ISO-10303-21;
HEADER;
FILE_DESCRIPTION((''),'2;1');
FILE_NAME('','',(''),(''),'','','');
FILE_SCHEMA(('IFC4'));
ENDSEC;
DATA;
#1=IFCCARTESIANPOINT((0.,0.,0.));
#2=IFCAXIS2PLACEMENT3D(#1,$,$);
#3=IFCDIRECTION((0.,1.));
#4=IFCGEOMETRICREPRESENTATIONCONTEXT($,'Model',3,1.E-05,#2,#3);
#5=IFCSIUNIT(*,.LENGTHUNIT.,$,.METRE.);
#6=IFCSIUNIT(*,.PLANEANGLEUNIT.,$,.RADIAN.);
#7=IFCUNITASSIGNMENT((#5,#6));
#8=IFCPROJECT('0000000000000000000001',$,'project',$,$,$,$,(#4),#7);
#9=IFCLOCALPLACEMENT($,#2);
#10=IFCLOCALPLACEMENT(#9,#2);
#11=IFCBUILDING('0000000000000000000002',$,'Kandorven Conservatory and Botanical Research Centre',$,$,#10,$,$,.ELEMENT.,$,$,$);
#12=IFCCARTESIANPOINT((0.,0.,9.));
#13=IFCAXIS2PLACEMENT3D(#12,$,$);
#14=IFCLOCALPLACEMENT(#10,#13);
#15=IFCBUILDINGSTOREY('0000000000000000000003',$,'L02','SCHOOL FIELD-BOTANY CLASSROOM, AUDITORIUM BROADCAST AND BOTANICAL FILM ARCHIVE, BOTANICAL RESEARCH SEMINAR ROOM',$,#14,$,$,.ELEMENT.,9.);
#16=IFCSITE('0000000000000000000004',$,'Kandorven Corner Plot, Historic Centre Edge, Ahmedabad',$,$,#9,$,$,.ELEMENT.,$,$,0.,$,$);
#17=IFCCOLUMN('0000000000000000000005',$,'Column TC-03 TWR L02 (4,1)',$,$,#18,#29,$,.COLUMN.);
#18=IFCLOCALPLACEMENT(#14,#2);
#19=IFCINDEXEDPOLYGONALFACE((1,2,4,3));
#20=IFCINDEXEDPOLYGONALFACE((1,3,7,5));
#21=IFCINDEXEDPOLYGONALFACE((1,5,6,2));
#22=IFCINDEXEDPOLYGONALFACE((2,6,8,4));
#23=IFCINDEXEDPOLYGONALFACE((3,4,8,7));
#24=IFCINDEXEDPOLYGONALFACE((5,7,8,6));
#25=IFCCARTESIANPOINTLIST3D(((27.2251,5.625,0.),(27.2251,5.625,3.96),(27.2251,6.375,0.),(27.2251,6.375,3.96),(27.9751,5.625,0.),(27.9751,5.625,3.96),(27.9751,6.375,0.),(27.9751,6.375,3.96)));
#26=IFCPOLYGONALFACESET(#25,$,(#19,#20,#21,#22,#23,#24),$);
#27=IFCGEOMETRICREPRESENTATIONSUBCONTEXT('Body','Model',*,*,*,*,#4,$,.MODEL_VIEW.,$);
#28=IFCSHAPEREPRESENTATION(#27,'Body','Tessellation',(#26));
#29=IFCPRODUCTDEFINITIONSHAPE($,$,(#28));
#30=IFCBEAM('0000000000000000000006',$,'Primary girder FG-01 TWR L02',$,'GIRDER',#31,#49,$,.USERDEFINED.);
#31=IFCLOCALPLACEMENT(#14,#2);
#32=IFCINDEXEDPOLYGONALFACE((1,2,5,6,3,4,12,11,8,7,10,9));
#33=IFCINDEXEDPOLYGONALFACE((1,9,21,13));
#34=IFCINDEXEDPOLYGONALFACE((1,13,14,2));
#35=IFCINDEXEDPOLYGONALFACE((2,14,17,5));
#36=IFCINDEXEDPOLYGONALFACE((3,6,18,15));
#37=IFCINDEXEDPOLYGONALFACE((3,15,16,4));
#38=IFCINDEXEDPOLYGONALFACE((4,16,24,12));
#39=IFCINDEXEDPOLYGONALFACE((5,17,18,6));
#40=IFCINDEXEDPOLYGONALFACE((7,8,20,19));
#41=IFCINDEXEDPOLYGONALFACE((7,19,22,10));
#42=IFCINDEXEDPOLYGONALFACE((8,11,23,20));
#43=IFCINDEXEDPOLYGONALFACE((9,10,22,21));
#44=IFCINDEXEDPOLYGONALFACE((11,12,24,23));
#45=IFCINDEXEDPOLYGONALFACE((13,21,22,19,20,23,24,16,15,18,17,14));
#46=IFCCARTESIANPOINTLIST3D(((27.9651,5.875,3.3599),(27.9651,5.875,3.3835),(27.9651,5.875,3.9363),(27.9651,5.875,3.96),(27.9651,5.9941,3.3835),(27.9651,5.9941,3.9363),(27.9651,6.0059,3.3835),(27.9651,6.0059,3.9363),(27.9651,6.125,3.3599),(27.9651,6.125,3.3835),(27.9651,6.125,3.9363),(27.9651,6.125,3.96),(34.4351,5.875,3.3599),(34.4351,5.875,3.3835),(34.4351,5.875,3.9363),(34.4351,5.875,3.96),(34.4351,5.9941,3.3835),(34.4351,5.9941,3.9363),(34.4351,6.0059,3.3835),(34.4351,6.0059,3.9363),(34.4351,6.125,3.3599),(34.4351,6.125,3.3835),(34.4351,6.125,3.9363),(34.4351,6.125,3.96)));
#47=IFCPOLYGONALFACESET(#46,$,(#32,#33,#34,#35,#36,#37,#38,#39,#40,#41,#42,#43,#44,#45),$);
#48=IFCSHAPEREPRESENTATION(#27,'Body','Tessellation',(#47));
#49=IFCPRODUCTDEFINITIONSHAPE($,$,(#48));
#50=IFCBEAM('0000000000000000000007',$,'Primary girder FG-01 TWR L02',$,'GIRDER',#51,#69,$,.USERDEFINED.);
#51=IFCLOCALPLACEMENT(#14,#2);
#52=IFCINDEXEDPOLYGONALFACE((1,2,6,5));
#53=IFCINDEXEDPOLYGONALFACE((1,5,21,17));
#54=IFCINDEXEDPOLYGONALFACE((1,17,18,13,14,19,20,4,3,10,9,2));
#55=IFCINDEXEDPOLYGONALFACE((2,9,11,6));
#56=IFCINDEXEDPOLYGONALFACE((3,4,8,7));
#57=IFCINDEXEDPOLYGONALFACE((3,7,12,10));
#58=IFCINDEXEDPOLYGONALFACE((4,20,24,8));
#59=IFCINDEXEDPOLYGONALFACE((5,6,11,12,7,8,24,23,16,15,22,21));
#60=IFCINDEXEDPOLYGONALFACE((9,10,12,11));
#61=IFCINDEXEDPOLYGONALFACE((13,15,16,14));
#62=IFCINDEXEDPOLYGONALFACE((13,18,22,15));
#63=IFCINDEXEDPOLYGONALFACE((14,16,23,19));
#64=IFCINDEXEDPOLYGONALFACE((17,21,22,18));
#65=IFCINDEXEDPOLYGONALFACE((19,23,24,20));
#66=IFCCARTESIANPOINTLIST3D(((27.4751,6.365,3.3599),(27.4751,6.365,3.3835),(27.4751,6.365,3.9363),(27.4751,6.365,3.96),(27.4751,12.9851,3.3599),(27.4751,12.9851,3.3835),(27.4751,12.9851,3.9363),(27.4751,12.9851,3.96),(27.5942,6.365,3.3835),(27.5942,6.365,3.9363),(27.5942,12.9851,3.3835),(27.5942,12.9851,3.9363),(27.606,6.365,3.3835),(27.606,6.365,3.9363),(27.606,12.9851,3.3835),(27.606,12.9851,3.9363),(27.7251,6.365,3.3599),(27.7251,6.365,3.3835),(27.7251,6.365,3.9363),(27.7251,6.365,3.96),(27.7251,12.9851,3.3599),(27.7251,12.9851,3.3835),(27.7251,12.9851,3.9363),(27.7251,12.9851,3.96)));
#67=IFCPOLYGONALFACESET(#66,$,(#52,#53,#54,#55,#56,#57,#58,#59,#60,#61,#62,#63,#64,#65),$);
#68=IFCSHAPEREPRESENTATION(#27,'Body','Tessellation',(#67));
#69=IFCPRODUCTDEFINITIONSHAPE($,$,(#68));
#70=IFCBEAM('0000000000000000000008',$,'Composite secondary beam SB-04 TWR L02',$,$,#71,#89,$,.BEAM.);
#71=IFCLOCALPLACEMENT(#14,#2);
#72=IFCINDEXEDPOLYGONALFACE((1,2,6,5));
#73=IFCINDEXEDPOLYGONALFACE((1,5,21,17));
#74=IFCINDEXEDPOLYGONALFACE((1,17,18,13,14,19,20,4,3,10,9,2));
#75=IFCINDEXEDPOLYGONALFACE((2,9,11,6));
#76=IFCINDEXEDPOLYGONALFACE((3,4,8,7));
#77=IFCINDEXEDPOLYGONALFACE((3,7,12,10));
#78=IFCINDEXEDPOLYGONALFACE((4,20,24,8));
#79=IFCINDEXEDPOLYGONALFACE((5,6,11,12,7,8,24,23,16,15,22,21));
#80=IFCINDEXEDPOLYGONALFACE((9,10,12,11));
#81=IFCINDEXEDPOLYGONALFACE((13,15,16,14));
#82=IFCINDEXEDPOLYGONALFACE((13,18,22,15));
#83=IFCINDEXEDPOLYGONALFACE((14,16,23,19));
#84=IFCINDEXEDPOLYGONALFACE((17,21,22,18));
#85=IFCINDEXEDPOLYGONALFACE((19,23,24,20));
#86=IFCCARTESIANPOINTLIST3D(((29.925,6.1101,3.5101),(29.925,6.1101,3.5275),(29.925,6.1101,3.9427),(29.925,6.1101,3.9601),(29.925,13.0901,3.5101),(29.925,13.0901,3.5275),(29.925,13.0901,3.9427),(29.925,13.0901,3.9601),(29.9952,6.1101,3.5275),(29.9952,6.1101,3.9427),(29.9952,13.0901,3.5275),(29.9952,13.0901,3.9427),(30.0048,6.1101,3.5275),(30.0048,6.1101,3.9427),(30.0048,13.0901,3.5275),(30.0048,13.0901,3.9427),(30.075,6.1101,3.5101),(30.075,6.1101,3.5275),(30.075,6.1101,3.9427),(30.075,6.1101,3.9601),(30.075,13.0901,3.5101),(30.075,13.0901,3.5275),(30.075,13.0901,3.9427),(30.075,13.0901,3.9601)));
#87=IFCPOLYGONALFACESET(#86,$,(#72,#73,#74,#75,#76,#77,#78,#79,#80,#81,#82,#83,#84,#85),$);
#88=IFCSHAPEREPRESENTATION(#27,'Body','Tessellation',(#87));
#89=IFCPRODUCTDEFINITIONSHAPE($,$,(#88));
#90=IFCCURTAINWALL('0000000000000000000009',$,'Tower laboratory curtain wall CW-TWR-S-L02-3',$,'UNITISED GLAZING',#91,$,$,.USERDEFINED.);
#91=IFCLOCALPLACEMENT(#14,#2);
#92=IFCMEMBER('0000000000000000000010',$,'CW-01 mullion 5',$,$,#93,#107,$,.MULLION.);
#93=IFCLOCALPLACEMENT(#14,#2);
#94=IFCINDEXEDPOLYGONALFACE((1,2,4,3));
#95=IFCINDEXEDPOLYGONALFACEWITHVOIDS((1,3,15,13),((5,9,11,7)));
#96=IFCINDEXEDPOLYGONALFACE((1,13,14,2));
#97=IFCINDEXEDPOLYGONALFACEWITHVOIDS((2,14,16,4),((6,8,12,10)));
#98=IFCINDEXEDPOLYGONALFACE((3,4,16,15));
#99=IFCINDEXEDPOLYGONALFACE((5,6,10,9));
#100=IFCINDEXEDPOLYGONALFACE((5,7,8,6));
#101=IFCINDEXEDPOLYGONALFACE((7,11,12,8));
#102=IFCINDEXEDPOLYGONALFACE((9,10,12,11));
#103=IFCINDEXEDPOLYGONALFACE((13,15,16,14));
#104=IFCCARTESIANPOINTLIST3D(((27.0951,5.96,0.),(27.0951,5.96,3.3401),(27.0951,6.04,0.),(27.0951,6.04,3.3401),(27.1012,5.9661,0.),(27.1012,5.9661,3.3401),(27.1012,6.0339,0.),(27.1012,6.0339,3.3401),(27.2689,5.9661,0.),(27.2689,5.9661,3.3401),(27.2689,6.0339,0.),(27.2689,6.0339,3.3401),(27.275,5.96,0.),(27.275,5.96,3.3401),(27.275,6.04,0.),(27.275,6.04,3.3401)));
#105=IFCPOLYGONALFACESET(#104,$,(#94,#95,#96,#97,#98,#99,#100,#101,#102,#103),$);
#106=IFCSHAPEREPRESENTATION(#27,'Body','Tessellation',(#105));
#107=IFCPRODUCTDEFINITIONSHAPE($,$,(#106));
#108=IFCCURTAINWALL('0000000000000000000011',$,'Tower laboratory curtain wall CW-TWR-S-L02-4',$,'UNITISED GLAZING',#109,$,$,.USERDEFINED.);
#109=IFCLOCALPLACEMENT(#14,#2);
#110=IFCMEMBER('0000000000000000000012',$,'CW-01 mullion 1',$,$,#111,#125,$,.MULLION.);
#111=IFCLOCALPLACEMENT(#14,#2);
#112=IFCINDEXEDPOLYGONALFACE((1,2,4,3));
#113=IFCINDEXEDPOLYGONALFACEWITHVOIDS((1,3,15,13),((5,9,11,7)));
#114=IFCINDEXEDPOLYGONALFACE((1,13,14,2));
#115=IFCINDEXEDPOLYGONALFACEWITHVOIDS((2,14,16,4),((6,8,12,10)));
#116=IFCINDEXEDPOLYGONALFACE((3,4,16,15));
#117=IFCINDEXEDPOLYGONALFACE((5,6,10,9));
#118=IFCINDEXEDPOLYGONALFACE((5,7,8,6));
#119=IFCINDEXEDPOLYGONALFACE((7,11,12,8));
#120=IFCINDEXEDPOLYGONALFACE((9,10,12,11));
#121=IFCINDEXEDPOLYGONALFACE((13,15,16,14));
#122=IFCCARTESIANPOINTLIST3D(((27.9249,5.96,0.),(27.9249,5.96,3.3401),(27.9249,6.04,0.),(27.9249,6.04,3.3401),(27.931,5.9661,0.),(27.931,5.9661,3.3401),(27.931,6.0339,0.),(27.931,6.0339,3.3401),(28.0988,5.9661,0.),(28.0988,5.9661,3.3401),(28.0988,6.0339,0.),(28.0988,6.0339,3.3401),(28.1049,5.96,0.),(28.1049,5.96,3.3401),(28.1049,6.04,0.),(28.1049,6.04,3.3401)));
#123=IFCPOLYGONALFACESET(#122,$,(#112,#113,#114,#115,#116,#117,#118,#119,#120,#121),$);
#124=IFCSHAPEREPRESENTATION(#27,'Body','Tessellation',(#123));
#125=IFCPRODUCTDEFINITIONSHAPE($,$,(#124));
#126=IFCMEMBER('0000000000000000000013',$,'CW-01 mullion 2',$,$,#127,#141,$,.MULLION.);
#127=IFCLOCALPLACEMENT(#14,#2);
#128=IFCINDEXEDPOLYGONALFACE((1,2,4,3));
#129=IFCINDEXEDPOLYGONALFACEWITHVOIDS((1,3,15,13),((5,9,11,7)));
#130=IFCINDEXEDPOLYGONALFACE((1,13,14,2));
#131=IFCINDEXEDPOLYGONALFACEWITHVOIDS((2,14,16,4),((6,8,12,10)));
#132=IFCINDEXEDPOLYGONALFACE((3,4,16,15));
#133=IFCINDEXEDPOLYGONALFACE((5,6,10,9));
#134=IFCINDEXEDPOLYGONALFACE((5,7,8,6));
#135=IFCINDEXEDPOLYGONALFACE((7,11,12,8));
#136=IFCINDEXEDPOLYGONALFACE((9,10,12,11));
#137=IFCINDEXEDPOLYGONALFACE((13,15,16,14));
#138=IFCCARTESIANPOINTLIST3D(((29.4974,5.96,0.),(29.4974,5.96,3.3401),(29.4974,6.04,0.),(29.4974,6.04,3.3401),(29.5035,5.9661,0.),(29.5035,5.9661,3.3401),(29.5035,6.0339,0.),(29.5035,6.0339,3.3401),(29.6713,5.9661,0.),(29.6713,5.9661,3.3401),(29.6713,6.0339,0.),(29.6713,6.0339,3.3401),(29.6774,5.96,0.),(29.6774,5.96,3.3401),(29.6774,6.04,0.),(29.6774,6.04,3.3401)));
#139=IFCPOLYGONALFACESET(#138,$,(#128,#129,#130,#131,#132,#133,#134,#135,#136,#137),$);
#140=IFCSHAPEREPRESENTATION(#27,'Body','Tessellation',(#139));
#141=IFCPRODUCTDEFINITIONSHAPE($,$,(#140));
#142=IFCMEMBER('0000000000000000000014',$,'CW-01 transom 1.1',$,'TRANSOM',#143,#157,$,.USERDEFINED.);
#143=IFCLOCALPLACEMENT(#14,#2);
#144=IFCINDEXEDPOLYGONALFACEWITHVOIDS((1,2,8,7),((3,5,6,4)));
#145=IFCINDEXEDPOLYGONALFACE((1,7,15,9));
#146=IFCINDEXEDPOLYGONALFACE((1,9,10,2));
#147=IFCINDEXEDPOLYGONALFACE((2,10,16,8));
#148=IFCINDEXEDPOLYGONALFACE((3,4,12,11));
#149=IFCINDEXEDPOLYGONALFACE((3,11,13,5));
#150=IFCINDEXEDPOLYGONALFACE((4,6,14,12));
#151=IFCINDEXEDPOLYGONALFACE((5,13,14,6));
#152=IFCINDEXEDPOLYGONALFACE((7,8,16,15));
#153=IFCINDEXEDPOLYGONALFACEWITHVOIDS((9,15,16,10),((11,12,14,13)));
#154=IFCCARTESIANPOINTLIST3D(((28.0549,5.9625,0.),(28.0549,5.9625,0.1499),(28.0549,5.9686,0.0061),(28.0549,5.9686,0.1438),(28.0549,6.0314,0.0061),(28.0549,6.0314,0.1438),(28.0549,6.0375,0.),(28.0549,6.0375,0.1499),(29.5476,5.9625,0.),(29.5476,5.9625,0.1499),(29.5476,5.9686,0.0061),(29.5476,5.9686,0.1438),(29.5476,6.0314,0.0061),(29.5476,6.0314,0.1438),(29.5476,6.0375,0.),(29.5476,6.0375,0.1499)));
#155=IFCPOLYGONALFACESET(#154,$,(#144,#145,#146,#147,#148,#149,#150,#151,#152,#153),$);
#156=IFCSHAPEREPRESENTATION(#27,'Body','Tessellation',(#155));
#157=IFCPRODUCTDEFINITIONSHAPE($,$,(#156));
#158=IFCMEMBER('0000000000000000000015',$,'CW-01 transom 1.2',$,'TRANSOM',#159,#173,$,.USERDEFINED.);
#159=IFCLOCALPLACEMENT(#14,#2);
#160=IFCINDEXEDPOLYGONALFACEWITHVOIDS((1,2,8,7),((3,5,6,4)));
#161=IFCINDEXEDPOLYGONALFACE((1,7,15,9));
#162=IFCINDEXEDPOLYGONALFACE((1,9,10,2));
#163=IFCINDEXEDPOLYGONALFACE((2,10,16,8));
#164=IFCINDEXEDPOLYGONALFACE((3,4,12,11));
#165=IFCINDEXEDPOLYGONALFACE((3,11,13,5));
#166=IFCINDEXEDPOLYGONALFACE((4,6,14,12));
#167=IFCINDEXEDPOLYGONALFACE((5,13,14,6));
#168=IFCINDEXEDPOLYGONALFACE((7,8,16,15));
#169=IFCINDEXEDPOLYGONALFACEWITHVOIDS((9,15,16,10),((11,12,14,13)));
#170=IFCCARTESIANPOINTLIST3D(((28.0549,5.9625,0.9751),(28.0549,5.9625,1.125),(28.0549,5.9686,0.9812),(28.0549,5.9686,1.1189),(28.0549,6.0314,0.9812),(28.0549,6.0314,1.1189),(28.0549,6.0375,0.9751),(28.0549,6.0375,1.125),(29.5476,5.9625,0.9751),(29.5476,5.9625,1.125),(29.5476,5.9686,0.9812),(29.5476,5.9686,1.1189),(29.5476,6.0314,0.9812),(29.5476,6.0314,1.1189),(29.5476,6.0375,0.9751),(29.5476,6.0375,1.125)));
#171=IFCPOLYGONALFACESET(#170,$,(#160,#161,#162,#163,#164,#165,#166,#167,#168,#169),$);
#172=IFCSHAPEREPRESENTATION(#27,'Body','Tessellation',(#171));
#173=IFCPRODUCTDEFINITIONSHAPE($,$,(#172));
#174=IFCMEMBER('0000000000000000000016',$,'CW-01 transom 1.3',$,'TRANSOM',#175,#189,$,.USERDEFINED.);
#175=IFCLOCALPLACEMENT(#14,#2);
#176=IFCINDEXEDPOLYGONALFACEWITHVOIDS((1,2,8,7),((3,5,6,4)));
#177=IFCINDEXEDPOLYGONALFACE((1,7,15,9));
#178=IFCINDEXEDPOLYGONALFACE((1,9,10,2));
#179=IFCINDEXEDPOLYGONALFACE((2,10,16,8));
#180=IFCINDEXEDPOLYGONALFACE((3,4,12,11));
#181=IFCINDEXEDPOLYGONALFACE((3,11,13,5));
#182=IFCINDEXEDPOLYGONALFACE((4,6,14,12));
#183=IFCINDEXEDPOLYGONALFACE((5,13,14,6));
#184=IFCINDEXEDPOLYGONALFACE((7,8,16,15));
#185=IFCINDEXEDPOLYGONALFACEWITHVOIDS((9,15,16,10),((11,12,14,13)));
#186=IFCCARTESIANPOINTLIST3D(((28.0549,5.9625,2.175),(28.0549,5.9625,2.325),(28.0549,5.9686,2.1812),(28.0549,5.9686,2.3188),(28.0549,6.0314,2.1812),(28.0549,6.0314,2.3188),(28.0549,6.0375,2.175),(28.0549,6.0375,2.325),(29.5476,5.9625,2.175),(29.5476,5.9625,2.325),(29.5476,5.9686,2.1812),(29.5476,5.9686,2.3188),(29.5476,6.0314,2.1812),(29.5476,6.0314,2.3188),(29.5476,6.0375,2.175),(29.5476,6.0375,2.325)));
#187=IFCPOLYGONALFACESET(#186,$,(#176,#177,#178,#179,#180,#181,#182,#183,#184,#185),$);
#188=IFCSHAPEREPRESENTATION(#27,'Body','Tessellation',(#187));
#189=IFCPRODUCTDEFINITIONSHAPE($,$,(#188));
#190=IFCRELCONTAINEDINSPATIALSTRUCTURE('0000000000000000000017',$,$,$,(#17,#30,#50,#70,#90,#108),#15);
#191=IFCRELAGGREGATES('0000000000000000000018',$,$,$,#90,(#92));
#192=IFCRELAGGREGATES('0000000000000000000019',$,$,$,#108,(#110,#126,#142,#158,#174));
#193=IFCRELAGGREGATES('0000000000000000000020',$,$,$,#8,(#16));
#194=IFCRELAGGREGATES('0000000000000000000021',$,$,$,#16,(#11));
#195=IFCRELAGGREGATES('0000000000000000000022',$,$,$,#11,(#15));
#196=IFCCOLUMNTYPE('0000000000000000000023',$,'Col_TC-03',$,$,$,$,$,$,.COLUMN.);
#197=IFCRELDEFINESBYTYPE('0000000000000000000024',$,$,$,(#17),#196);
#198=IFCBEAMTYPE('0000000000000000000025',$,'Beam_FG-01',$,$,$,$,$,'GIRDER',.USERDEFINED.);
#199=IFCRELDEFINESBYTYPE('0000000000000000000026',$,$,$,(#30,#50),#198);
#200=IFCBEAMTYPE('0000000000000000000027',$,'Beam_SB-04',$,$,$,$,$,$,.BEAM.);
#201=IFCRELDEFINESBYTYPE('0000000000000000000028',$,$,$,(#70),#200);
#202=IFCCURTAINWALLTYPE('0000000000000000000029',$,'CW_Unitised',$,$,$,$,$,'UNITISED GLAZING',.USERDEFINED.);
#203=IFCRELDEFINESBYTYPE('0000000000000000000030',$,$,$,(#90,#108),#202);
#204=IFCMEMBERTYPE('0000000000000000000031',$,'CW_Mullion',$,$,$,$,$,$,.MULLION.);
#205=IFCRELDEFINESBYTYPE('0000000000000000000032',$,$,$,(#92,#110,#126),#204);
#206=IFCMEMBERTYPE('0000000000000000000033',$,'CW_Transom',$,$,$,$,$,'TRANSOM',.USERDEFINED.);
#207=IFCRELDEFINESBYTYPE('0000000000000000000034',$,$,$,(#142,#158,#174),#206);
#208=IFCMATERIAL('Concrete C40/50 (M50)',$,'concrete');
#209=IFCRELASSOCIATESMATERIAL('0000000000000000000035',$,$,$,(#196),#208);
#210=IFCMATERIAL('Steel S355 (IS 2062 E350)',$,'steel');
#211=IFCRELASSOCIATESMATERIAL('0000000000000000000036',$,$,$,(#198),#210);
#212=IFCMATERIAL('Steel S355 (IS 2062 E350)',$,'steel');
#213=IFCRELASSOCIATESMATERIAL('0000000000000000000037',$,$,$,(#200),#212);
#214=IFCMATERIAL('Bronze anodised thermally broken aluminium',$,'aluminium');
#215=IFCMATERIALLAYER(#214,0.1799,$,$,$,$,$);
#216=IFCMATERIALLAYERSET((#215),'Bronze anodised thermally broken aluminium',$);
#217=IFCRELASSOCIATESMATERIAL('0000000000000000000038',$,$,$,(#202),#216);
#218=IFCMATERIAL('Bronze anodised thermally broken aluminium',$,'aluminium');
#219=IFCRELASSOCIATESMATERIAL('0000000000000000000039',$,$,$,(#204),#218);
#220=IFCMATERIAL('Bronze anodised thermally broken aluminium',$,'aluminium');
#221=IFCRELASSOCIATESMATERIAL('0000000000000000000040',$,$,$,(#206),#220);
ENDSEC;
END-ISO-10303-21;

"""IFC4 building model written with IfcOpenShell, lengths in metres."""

from ifc_helpers import new_model, si_unit, direction, frame, origin, origin_2d, place, context, subcontext, project, spatial, rectangle, hollow_rectangle, i_section, extrude, material, layer, layer_set, material_profile, profile_set, type_object, element, aggregate, save


model = new_model("IFC4")

# Units and contexts
model_context = context("Model", 3, precision=1e-05, world=origin(), true_north=direction((0.0, 1.0)))
body_context = subcontext(model_context, "Body", "Model", "MODEL_VIEW")
ifc_project = project(units=[si_unit("LENGTHUNIT", "METRE"), si_unit("PLANEANGLEUNIT", "RADIAN")], contexts=[model_context])

# Site, building, storey
site_placement = place(None, origin())
site = spatial("IfcSite", under=ifc_project, at=site_placement, Name="Kandorven Corner Plot, Historic Centre Edge, Ahmedabad", CompositionType="ELEMENT", RefElevation=0.0)
building_placement = place(site_placement, origin())
building = spatial("IfcBuilding", under=site, at=building_placement, Name="Kandorven Conservatory and Botanical Research Centre", CompositionType="ELEMENT")
storey_placement = place(building_placement, frame((0.0, 0.0, 9.0)))
storey = spatial("IfcBuildingStorey", under=building, at=storey_placement, Name="L02", Description="SCHOOL FIELD-BOTANY CLASSROOM, AUDITORIUM BROADCAST AND BOTANICAL FILM ARCHIVE, BOTANICAL RESEARCH SEMINAR ROOM", CompositionType="ELEMENT", Elevation=9.0)

# Column
ifc_material_1 = material(Name="Concrete C40/50 (M50)", Category="concrete")
ifc_material_profile_1 = material_profile(ifc_material_1, rectangle(XDim=0.75, YDim=0.75, at=origin_2d()))
ifc_profile_set_1 = profile_set([ifc_material_profile_1], Name="Concrete C40/50 (M50)")
column_type = type_object("IfcColumnType", Name="Col_TC-03", PredefinedType="COLUMN", material=ifc_profile_set_1)
column_placement = place(storey_placement, frame((27.6001, 6.0, 0.0), z_axis=(0.0, 0.0, 1.0), x_axis=(1.0, 0.0, 0.0)))
element("IfcColumn", 1, at=column_placement, inside=storey, type_object=column_type, Name="Column TC-03 TWR L02 (4,1)", PredefinedType="COLUMN", context=body_context, shape_type="SweptSolid", body=[
    extrude(rectangle(XDim=0.75, YDim=0.75, at=origin_2d()), origin(), (0.0, 0.0, 1.0), 3.96),
])

# Beams
ifc_material_2 = material(Name="Steel S355 (IS 2062 E350)", Category="steel")
ifc_material_profile_2 = material_profile(ifc_material_2, i_section(OverallWidth=0.25, OverallDepth=0.6001, WebThickness=0.0117, FlangeThickness=0.0237, at=origin_2d()))
ifc_profile_set_2 = profile_set([ifc_material_profile_2], Name="Steel S355 (IS 2062 E350)")
beam_type_1 = type_object("IfcBeamType", Name="Beam_FG-01", ElementType="GIRDER", PredefinedType="USERDEFINED", material=ifc_profile_set_2)
beam_1_placement = place(storey_placement, frame((27.9651, 6.0, 3.6599), z_axis=(1.0, 0.0, 0.0), x_axis=(0.0, 1.0, 0.0)))
element("IfcBeam", 2, at=beam_1_placement, inside=storey, type_object=beam_type_1, Name="Primary girder FG-01 TWR L02", ObjectType="GIRDER", PredefinedType="USERDEFINED", context=body_context, shape_type="SweptSolid", body=[
    extrude(i_section(OverallWidth=0.25, OverallDepth=0.6001, WebThickness=0.0117, FlangeThickness=0.0237, at=origin_2d()), origin(), (0.0, 0.0, 1.0), 6.47),
])
beam_2_placement = place(storey_placement, frame((27.6001, 6.365, 3.6599), z_axis=(0.0, 1.0, 0.0), x_axis=(-1.0, 0.0, 0.0)))
element("IfcBeam", 3, at=beam_2_placement, inside=storey, type_object=beam_type_1, Name="Primary girder FG-01 TWR L02", ObjectType="GIRDER", PredefinedType="USERDEFINED", context=body_context, shape_type="SweptSolid", body=[
    extrude(i_section(OverallWidth=0.25, OverallDepth=0.6001, WebThickness=0.0117, FlangeThickness=0.0237, at=origin_2d()), origin(), (0.0, 0.0, 1.0), 6.6201),
])
ifc_material_3 = material(Name="Steel S355 (IS 2062 E350)", Category="steel")
ifc_material_profile_3 = material_profile(ifc_material_3, i_section(OverallWidth=0.1499, OverallDepth=0.45, WebThickness=0.0095, FlangeThickness=0.0173, at=origin_2d()))
ifc_profile_set_3 = profile_set([ifc_material_profile_3], Name="Steel S355 (IS 2062 E350)")
beam_type_2 = type_object("IfcBeamType", Name="Beam_SB-04", PredefinedType="BEAM", material=ifc_profile_set_3)
beam_3_placement = place(storey_placement, frame((30.0, 6.1101, 3.7351), z_axis=(0.0, 1.0, 0.0), x_axis=(-1.0, 0.0, 0.0)))
element("IfcBeam", 4, at=beam_3_placement, inside=storey, type_object=beam_type_2, Name="Composite secondary beam SB-04 TWR L02", PredefinedType="BEAM", context=body_context, shape_type="SweptSolid", body=[
    extrude(i_section(OverallWidth=0.1499, OverallDepth=0.45, WebThickness=0.0095, FlangeThickness=0.0173, at=origin_2d()), origin(), (0.0, 0.0, 1.0), 6.98),
])

# Curtain wall, member
ifc_material_4 = material(Name="Bronze anodised thermally broken aluminium", Category="aluminium")
ifc_layer_1 = layer(ifc_material_4, 0.1799)
ifc_layer_set_1 = layer_set([ifc_layer_1], Name="Bronze anodised thermally broken aluminium")
curtain_wall_type = type_object("IfcCurtainWallType", Name="CW_Unitised", ElementType="UNITISED GLAZING", PredefinedType="USERDEFINED", material=ifc_layer_set_1)
curtain_wall_1_placement = place(storey_placement, origin())
curtain_wall_1 = element("IfcCurtainWall", 5, at=curtain_wall_1_placement, inside=storey, type_object=curtain_wall_type, Name="Tower laboratory curtain wall CW-TWR-S-L02-3", ObjectType="UNITISED GLAZING", PredefinedType="USERDEFINED")
ifc_material_5 = material(Name="Bronze anodised thermally broken aluminium", Category="aluminium")
ifc_material_profile_4 = material_profile(ifc_material_5, hollow_rectangle(XDim=0.0801, YDim=0.1799, WallThickness=0.0061, at=origin_2d()))
ifc_profile_set_4 = profile_set([ifc_material_profile_4], Name="Bronze anodised thermally broken aluminium")
member_type_1 = type_object("IfcMemberType", Name="CW_Mullion", PredefinedType="MULLION", material=ifc_profile_set_4)
member_1_placement = place(storey_placement, frame((27.1851, 6.0, 0.0), z_axis=(0.0, 0.0, 1.0), x_axis=(0.0, 1.0, 0.0)))
member_1 = element("IfcMember", 6, at=member_1_placement, type_object=member_type_1, Name="CW-01 mullion 5", PredefinedType="MULLION", context=body_context, shape_type="SweptSolid", body=[
    extrude(hollow_rectangle(XDim=0.0801, YDim=0.1799, WallThickness=0.0061, at=origin_2d()), origin(), (0.0, 0.0, 1.0), 3.3401),
])

# Curtain wall, members
curtain_wall_2_placement = place(storey_placement, origin())
curtain_wall_2 = element("IfcCurtainWall", 7, at=curtain_wall_2_placement, inside=storey, type_object=curtain_wall_type, Name="Tower laboratory curtain wall CW-TWR-S-L02-4", ObjectType="UNITISED GLAZING", PredefinedType="USERDEFINED")
member_2_placement = place(storey_placement, frame((28.0149, 6.0, 0.0), z_axis=(0.0, 0.0, 1.0), x_axis=(0.0, 1.0, 0.0)))
member_2 = element("IfcMember", 8, at=member_2_placement, type_object=member_type_1, Name="CW-01 mullion 1", PredefinedType="MULLION", context=body_context, shape_type="SweptSolid", body=[
    extrude(hollow_rectangle(XDim=0.0801, YDim=0.1799, WallThickness=0.0061, at=origin_2d()), origin(), (0.0, 0.0, 1.0), 3.3401),
])
member_3_placement = place(storey_placement, frame((29.5874, 6.0, 0.0), z_axis=(0.0, 0.0, 1.0), x_axis=(0.0, 1.0, 0.0)))
member_3 = element("IfcMember", 9, at=member_3_placement, type_object=member_type_1, Name="CW-01 mullion 2", PredefinedType="MULLION", context=body_context, shape_type="SweptSolid", body=[
    extrude(hollow_rectangle(XDim=0.0801, YDim=0.1799, WallThickness=0.0061, at=origin_2d()), origin(), (0.0, 0.0, 1.0), 3.3401),
])
ifc_material_6 = material(Name="Bronze anodised thermally broken aluminium", Category="aluminium")
ifc_material_profile_5 = material_profile(ifc_material_6, hollow_rectangle(XDim=0.075, YDim=0.1499, WallThickness=0.0061, at=origin_2d()))
ifc_profile_set_5 = profile_set([ifc_material_profile_5], Name="Bronze anodised thermally broken aluminium")
member_type_2 = type_object("IfcMemberType", Name="CW_Transom", ElementType="TRANSOM", PredefinedType="USERDEFINED", material=ifc_profile_set_5)
member_4_placement = place(storey_placement, frame((28.0549, 6.0, 0.075), z_axis=(1.0, 0.0, 0.0), x_axis=(0.0, 1.0, 0.0)))
member_4 = element("IfcMember", 10, at=member_4_placement, type_object=member_type_2, Name="CW-01 transom 1.1", ObjectType="TRANSOM", PredefinedType="USERDEFINED", context=body_context, shape_type="SweptSolid", body=[
    extrude(hollow_rectangle(XDim=0.075, YDim=0.1499, WallThickness=0.0061, at=origin_2d()), origin(), (0.0, 0.0, 1.0), 1.4927),
])
member_5_placement = place(storey_placement, frame((28.0549, 6.0, 1.05), z_axis=(1.0, 0.0, 0.0), x_axis=(0.0, 1.0, 0.0)))
member_5 = element("IfcMember", 11, at=member_5_placement, type_object=member_type_2, Name="CW-01 transom 1.2", ObjectType="TRANSOM", PredefinedType="USERDEFINED", context=body_context, shape_type="SweptSolid", body=[
    extrude(hollow_rectangle(XDim=0.075, YDim=0.1499, WallThickness=0.0061, at=origin_2d()), origin(), (0.0, 0.0, 1.0), 1.4927),
])
member_6_placement = place(storey_placement, frame((28.0549, 6.0, 2.25), z_axis=(1.0, 0.0, 0.0), x_axis=(0.0, 1.0, 0.0)))
member_6 = element("IfcMember", 12, at=member_6_placement, type_object=member_type_2, Name="CW-01 transom 1.3", ObjectType="TRANSOM", PredefinedType="USERDEFINED", context=body_context, shape_type="SweptSolid", body=[
    extrude(hollow_rectangle(XDim=0.075, YDim=0.1499, WallThickness=0.0061, at=origin_2d()), origin(), (0.0, 0.0, 1.0), 1.4927),
])

aggregate(curtain_wall_1, [member_1])
aggregate(curtain_wall_2, [member_2, member_3, member_4, member_5, member_6])

save(model, "model.ifc")
